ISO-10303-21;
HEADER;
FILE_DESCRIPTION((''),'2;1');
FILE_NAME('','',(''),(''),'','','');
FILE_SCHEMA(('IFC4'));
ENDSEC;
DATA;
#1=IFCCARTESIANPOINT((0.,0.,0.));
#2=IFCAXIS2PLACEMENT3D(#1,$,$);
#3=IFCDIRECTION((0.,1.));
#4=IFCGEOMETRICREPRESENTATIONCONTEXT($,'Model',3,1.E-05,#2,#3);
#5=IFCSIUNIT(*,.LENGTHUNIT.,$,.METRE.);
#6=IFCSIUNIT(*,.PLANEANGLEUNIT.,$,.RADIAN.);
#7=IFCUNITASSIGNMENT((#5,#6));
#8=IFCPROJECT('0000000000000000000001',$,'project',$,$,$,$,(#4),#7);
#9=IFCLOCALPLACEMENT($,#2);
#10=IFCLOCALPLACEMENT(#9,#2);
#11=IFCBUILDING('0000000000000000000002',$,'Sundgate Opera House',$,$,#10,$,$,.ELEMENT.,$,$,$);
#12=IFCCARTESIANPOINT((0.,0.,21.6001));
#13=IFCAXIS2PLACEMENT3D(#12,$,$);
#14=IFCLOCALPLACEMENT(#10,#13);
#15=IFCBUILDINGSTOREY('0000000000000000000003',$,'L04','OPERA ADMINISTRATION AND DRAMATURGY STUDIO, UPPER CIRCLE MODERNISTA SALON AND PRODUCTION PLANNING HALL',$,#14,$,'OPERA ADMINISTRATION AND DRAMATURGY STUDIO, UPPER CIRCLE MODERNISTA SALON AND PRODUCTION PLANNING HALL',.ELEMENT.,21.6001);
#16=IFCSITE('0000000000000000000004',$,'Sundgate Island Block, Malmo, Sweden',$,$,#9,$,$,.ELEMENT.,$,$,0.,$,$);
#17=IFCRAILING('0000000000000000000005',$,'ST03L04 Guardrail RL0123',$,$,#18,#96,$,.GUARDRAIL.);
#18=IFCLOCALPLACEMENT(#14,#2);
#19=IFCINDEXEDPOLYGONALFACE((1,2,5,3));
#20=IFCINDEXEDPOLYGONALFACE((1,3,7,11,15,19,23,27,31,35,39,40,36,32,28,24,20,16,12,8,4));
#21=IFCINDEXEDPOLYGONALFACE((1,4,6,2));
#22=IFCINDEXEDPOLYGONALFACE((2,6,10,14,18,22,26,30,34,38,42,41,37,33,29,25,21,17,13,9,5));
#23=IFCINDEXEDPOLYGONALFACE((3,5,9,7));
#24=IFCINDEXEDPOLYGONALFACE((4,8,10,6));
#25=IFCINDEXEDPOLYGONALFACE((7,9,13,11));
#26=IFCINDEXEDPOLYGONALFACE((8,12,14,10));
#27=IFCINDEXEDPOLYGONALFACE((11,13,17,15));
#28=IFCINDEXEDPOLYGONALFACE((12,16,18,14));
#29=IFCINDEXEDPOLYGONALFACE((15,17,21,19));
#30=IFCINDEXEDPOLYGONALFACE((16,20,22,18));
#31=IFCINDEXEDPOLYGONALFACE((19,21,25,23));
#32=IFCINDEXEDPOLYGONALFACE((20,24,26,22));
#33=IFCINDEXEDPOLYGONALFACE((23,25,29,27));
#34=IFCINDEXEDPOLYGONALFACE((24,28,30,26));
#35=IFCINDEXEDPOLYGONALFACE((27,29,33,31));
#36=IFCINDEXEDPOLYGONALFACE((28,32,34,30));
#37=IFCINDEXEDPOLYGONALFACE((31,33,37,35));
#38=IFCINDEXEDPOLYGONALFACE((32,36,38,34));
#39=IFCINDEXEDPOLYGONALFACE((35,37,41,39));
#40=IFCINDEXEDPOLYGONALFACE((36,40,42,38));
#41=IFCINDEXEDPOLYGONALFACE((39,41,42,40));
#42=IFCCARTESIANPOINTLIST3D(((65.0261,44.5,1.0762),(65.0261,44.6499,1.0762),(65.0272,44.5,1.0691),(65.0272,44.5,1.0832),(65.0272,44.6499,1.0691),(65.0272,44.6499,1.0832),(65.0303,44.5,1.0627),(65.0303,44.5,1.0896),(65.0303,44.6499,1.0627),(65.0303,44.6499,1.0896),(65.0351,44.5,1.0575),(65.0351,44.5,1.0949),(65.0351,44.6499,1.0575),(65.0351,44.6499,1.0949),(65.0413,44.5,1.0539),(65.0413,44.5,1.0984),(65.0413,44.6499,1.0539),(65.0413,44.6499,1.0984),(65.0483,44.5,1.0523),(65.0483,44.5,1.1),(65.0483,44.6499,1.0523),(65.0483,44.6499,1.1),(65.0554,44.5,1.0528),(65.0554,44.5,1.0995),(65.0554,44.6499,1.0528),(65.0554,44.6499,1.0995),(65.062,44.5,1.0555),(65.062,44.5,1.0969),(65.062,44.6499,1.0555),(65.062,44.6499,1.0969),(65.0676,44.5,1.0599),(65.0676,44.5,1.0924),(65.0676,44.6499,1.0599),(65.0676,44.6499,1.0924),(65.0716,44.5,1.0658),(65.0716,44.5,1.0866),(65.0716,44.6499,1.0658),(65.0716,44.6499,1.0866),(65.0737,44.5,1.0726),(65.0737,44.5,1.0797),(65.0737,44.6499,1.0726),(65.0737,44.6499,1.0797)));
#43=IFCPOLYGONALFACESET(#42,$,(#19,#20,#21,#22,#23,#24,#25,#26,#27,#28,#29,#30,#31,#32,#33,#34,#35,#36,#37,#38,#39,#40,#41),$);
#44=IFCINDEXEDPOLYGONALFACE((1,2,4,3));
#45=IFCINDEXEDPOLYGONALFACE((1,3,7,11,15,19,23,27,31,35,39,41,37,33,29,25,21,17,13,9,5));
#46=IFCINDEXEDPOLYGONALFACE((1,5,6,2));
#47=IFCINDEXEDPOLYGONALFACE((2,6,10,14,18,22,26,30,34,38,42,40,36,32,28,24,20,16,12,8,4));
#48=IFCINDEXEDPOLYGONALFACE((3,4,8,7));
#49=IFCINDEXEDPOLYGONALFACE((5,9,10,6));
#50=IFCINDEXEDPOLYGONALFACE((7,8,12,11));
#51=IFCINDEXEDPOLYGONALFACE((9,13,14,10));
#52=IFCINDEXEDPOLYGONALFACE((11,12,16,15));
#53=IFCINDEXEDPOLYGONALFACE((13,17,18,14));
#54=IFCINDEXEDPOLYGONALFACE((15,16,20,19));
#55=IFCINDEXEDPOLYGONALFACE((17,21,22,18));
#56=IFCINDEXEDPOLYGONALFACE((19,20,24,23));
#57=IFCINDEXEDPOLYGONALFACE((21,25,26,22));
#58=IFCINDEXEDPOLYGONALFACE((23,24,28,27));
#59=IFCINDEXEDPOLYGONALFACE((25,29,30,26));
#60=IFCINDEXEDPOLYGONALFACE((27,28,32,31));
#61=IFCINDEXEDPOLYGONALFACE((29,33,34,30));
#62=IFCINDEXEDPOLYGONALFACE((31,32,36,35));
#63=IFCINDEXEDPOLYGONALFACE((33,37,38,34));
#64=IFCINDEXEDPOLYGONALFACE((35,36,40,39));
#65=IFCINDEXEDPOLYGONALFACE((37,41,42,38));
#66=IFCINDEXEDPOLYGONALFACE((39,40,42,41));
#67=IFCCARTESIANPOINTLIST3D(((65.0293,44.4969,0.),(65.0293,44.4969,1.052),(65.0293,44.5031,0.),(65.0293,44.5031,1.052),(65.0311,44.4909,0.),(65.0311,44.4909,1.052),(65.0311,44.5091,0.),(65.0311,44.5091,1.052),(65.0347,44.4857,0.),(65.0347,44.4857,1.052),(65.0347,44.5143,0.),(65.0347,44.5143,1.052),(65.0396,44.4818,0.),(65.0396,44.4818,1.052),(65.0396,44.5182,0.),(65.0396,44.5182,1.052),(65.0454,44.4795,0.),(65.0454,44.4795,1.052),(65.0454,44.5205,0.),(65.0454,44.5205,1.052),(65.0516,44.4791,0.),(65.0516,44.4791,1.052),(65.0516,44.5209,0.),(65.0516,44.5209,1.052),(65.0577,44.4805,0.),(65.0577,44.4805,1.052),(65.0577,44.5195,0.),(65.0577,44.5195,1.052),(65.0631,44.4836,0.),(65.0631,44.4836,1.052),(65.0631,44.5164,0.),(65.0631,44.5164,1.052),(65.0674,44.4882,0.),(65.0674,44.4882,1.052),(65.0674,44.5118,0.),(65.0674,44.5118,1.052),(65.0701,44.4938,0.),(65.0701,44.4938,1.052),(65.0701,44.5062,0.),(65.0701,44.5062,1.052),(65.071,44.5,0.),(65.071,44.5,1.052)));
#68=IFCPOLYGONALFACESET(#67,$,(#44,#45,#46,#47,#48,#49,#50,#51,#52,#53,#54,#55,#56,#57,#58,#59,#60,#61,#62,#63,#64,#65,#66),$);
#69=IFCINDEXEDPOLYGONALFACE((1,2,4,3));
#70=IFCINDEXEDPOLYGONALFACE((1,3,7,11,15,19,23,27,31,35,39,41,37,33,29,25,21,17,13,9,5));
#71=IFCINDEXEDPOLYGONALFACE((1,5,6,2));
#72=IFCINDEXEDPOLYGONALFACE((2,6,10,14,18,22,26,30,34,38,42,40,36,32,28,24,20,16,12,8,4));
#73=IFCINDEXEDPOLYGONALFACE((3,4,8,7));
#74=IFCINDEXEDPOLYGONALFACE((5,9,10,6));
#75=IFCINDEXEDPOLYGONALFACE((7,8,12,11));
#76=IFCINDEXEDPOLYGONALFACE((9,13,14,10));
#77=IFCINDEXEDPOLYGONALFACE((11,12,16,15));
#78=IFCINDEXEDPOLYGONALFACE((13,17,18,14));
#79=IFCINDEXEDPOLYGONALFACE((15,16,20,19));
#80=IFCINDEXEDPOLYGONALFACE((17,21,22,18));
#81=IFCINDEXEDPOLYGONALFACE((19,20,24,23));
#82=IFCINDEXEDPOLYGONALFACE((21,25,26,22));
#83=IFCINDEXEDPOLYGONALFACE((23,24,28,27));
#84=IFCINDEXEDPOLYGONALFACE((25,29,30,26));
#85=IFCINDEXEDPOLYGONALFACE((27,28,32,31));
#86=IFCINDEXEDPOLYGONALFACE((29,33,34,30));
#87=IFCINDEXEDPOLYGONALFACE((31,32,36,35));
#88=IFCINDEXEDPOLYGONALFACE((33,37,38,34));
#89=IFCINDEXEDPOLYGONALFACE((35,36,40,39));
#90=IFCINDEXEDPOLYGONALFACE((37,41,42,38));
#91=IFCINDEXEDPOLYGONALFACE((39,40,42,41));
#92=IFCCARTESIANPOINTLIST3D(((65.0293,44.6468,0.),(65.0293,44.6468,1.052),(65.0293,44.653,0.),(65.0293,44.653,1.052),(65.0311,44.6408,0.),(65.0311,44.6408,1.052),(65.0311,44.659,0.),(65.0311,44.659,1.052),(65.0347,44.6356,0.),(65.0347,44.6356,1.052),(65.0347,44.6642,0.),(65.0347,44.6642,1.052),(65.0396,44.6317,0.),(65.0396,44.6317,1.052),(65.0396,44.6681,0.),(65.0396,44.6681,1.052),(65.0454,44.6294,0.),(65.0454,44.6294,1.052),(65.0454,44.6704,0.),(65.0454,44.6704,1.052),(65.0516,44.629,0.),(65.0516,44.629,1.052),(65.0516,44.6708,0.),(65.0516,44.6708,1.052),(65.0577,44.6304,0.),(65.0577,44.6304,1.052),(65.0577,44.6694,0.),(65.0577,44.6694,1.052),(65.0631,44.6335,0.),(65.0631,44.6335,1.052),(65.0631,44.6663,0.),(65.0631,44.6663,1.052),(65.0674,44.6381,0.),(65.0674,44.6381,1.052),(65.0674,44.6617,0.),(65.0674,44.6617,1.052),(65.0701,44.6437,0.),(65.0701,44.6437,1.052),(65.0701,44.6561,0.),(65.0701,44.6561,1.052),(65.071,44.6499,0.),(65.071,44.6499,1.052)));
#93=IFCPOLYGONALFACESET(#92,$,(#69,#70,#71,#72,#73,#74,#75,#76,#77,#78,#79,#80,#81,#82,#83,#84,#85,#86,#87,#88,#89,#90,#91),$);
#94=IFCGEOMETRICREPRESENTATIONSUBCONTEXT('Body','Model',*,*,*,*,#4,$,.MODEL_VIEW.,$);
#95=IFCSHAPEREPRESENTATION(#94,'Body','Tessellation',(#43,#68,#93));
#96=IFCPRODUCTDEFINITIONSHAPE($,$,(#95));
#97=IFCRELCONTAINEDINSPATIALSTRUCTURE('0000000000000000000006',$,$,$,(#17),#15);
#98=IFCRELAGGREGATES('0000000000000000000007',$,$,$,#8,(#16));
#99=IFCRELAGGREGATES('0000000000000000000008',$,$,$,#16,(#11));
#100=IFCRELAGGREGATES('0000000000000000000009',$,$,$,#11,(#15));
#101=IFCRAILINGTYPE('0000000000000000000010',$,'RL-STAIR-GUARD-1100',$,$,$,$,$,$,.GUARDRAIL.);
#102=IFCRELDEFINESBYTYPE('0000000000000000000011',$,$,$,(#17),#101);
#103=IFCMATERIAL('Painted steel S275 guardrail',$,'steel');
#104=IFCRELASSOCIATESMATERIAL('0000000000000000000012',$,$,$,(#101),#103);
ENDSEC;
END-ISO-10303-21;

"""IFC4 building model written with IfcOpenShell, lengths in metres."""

from ifc_helpers import new_model, si_unit, direction, frame, origin, origin_2d, place, context, subcontext, project, spatial, circle, extrude, material, type_object, element, save


model = new_model("IFC4")

# Units and contexts
model_context = context("Model", 3, precision=1e-05, world=origin(), true_north=direction((0.0, 1.0)))
body_context = subcontext(model_context, "Body", "Model", "MODEL_VIEW")
ifc_project = project(units=[si_unit("LENGTHUNIT", "METRE"), si_unit("PLANEANGLEUNIT", "RADIAN")], contexts=[model_context])

# Site, building, storey
site_placement = place(None, origin())
site = spatial("IfcSite", under=ifc_project, at=site_placement, Name="Sundgate Island Block, Malmo, Sweden", CompositionType="ELEMENT", RefElevation=0.0)
building_placement = place(site_placement, origin())
building = spatial("IfcBuilding", under=site, at=building_placement, Name="Sundgate Opera House", CompositionType="ELEMENT")
storey_placement = place(building_placement, frame((0.0, 0.0, 21.6001)))
storey = spatial("IfcBuildingStorey", under=building, at=storey_placement, Name="L04", Description="OPERA ADMINISTRATION AND DRAMATURGY STUDIO, UPPER CIRCLE MODERNISTA SALON AND PRODUCTION PLANNING HALL", LongName="OPERA ADMINISTRATION AND DRAMATURGY STUDIO, UPPER CIRCLE MODERNISTA SALON AND PRODUCTION PLANNING HALL", CompositionType="ELEMENT", Elevation=21.6001)

# Railing
ifc_material_1 = material(Name="Painted steel S275 guardrail", Category="steel")
railing_type_1 = type_object("IfcRailingType", Name="RL-STAIR-GUARD-1100", PredefinedType="GUARDRAIL", material=ifc_material_1)
railing_1_placement = place(storey_placement, frame((65.05, 44.5, 0.0)))
element("IfcRailing", 1, at=railing_1_placement, inside=storey, type_object=railing_type_1, Name="ST03L04 Guardrail RL0123", PredefinedType="GUARDRAIL", context=body_context, shape_type="SweptSolid", body=[
    extrude(circle(Radius=0.0239, at=origin_2d()), frame((0.0, 0.0, 1.0762), z_axis=(0.0, 1.0, 0.0), x_axis=(-1.0, 0.0, 0.0)), (0.0, 0.0, 1.0), 0.1499),
    extrude(circle(Radius=0.021, at=origin_2d()), origin(), (0.0, 0.0, 1.0), 1.052),
    extrude(circle(Radius=0.021, at=origin_2d()), frame((0.0, 0.1499, 0.0)), (0.0, 0.0, 1.0), 1.052),
])

save(model, "model.ifc")
